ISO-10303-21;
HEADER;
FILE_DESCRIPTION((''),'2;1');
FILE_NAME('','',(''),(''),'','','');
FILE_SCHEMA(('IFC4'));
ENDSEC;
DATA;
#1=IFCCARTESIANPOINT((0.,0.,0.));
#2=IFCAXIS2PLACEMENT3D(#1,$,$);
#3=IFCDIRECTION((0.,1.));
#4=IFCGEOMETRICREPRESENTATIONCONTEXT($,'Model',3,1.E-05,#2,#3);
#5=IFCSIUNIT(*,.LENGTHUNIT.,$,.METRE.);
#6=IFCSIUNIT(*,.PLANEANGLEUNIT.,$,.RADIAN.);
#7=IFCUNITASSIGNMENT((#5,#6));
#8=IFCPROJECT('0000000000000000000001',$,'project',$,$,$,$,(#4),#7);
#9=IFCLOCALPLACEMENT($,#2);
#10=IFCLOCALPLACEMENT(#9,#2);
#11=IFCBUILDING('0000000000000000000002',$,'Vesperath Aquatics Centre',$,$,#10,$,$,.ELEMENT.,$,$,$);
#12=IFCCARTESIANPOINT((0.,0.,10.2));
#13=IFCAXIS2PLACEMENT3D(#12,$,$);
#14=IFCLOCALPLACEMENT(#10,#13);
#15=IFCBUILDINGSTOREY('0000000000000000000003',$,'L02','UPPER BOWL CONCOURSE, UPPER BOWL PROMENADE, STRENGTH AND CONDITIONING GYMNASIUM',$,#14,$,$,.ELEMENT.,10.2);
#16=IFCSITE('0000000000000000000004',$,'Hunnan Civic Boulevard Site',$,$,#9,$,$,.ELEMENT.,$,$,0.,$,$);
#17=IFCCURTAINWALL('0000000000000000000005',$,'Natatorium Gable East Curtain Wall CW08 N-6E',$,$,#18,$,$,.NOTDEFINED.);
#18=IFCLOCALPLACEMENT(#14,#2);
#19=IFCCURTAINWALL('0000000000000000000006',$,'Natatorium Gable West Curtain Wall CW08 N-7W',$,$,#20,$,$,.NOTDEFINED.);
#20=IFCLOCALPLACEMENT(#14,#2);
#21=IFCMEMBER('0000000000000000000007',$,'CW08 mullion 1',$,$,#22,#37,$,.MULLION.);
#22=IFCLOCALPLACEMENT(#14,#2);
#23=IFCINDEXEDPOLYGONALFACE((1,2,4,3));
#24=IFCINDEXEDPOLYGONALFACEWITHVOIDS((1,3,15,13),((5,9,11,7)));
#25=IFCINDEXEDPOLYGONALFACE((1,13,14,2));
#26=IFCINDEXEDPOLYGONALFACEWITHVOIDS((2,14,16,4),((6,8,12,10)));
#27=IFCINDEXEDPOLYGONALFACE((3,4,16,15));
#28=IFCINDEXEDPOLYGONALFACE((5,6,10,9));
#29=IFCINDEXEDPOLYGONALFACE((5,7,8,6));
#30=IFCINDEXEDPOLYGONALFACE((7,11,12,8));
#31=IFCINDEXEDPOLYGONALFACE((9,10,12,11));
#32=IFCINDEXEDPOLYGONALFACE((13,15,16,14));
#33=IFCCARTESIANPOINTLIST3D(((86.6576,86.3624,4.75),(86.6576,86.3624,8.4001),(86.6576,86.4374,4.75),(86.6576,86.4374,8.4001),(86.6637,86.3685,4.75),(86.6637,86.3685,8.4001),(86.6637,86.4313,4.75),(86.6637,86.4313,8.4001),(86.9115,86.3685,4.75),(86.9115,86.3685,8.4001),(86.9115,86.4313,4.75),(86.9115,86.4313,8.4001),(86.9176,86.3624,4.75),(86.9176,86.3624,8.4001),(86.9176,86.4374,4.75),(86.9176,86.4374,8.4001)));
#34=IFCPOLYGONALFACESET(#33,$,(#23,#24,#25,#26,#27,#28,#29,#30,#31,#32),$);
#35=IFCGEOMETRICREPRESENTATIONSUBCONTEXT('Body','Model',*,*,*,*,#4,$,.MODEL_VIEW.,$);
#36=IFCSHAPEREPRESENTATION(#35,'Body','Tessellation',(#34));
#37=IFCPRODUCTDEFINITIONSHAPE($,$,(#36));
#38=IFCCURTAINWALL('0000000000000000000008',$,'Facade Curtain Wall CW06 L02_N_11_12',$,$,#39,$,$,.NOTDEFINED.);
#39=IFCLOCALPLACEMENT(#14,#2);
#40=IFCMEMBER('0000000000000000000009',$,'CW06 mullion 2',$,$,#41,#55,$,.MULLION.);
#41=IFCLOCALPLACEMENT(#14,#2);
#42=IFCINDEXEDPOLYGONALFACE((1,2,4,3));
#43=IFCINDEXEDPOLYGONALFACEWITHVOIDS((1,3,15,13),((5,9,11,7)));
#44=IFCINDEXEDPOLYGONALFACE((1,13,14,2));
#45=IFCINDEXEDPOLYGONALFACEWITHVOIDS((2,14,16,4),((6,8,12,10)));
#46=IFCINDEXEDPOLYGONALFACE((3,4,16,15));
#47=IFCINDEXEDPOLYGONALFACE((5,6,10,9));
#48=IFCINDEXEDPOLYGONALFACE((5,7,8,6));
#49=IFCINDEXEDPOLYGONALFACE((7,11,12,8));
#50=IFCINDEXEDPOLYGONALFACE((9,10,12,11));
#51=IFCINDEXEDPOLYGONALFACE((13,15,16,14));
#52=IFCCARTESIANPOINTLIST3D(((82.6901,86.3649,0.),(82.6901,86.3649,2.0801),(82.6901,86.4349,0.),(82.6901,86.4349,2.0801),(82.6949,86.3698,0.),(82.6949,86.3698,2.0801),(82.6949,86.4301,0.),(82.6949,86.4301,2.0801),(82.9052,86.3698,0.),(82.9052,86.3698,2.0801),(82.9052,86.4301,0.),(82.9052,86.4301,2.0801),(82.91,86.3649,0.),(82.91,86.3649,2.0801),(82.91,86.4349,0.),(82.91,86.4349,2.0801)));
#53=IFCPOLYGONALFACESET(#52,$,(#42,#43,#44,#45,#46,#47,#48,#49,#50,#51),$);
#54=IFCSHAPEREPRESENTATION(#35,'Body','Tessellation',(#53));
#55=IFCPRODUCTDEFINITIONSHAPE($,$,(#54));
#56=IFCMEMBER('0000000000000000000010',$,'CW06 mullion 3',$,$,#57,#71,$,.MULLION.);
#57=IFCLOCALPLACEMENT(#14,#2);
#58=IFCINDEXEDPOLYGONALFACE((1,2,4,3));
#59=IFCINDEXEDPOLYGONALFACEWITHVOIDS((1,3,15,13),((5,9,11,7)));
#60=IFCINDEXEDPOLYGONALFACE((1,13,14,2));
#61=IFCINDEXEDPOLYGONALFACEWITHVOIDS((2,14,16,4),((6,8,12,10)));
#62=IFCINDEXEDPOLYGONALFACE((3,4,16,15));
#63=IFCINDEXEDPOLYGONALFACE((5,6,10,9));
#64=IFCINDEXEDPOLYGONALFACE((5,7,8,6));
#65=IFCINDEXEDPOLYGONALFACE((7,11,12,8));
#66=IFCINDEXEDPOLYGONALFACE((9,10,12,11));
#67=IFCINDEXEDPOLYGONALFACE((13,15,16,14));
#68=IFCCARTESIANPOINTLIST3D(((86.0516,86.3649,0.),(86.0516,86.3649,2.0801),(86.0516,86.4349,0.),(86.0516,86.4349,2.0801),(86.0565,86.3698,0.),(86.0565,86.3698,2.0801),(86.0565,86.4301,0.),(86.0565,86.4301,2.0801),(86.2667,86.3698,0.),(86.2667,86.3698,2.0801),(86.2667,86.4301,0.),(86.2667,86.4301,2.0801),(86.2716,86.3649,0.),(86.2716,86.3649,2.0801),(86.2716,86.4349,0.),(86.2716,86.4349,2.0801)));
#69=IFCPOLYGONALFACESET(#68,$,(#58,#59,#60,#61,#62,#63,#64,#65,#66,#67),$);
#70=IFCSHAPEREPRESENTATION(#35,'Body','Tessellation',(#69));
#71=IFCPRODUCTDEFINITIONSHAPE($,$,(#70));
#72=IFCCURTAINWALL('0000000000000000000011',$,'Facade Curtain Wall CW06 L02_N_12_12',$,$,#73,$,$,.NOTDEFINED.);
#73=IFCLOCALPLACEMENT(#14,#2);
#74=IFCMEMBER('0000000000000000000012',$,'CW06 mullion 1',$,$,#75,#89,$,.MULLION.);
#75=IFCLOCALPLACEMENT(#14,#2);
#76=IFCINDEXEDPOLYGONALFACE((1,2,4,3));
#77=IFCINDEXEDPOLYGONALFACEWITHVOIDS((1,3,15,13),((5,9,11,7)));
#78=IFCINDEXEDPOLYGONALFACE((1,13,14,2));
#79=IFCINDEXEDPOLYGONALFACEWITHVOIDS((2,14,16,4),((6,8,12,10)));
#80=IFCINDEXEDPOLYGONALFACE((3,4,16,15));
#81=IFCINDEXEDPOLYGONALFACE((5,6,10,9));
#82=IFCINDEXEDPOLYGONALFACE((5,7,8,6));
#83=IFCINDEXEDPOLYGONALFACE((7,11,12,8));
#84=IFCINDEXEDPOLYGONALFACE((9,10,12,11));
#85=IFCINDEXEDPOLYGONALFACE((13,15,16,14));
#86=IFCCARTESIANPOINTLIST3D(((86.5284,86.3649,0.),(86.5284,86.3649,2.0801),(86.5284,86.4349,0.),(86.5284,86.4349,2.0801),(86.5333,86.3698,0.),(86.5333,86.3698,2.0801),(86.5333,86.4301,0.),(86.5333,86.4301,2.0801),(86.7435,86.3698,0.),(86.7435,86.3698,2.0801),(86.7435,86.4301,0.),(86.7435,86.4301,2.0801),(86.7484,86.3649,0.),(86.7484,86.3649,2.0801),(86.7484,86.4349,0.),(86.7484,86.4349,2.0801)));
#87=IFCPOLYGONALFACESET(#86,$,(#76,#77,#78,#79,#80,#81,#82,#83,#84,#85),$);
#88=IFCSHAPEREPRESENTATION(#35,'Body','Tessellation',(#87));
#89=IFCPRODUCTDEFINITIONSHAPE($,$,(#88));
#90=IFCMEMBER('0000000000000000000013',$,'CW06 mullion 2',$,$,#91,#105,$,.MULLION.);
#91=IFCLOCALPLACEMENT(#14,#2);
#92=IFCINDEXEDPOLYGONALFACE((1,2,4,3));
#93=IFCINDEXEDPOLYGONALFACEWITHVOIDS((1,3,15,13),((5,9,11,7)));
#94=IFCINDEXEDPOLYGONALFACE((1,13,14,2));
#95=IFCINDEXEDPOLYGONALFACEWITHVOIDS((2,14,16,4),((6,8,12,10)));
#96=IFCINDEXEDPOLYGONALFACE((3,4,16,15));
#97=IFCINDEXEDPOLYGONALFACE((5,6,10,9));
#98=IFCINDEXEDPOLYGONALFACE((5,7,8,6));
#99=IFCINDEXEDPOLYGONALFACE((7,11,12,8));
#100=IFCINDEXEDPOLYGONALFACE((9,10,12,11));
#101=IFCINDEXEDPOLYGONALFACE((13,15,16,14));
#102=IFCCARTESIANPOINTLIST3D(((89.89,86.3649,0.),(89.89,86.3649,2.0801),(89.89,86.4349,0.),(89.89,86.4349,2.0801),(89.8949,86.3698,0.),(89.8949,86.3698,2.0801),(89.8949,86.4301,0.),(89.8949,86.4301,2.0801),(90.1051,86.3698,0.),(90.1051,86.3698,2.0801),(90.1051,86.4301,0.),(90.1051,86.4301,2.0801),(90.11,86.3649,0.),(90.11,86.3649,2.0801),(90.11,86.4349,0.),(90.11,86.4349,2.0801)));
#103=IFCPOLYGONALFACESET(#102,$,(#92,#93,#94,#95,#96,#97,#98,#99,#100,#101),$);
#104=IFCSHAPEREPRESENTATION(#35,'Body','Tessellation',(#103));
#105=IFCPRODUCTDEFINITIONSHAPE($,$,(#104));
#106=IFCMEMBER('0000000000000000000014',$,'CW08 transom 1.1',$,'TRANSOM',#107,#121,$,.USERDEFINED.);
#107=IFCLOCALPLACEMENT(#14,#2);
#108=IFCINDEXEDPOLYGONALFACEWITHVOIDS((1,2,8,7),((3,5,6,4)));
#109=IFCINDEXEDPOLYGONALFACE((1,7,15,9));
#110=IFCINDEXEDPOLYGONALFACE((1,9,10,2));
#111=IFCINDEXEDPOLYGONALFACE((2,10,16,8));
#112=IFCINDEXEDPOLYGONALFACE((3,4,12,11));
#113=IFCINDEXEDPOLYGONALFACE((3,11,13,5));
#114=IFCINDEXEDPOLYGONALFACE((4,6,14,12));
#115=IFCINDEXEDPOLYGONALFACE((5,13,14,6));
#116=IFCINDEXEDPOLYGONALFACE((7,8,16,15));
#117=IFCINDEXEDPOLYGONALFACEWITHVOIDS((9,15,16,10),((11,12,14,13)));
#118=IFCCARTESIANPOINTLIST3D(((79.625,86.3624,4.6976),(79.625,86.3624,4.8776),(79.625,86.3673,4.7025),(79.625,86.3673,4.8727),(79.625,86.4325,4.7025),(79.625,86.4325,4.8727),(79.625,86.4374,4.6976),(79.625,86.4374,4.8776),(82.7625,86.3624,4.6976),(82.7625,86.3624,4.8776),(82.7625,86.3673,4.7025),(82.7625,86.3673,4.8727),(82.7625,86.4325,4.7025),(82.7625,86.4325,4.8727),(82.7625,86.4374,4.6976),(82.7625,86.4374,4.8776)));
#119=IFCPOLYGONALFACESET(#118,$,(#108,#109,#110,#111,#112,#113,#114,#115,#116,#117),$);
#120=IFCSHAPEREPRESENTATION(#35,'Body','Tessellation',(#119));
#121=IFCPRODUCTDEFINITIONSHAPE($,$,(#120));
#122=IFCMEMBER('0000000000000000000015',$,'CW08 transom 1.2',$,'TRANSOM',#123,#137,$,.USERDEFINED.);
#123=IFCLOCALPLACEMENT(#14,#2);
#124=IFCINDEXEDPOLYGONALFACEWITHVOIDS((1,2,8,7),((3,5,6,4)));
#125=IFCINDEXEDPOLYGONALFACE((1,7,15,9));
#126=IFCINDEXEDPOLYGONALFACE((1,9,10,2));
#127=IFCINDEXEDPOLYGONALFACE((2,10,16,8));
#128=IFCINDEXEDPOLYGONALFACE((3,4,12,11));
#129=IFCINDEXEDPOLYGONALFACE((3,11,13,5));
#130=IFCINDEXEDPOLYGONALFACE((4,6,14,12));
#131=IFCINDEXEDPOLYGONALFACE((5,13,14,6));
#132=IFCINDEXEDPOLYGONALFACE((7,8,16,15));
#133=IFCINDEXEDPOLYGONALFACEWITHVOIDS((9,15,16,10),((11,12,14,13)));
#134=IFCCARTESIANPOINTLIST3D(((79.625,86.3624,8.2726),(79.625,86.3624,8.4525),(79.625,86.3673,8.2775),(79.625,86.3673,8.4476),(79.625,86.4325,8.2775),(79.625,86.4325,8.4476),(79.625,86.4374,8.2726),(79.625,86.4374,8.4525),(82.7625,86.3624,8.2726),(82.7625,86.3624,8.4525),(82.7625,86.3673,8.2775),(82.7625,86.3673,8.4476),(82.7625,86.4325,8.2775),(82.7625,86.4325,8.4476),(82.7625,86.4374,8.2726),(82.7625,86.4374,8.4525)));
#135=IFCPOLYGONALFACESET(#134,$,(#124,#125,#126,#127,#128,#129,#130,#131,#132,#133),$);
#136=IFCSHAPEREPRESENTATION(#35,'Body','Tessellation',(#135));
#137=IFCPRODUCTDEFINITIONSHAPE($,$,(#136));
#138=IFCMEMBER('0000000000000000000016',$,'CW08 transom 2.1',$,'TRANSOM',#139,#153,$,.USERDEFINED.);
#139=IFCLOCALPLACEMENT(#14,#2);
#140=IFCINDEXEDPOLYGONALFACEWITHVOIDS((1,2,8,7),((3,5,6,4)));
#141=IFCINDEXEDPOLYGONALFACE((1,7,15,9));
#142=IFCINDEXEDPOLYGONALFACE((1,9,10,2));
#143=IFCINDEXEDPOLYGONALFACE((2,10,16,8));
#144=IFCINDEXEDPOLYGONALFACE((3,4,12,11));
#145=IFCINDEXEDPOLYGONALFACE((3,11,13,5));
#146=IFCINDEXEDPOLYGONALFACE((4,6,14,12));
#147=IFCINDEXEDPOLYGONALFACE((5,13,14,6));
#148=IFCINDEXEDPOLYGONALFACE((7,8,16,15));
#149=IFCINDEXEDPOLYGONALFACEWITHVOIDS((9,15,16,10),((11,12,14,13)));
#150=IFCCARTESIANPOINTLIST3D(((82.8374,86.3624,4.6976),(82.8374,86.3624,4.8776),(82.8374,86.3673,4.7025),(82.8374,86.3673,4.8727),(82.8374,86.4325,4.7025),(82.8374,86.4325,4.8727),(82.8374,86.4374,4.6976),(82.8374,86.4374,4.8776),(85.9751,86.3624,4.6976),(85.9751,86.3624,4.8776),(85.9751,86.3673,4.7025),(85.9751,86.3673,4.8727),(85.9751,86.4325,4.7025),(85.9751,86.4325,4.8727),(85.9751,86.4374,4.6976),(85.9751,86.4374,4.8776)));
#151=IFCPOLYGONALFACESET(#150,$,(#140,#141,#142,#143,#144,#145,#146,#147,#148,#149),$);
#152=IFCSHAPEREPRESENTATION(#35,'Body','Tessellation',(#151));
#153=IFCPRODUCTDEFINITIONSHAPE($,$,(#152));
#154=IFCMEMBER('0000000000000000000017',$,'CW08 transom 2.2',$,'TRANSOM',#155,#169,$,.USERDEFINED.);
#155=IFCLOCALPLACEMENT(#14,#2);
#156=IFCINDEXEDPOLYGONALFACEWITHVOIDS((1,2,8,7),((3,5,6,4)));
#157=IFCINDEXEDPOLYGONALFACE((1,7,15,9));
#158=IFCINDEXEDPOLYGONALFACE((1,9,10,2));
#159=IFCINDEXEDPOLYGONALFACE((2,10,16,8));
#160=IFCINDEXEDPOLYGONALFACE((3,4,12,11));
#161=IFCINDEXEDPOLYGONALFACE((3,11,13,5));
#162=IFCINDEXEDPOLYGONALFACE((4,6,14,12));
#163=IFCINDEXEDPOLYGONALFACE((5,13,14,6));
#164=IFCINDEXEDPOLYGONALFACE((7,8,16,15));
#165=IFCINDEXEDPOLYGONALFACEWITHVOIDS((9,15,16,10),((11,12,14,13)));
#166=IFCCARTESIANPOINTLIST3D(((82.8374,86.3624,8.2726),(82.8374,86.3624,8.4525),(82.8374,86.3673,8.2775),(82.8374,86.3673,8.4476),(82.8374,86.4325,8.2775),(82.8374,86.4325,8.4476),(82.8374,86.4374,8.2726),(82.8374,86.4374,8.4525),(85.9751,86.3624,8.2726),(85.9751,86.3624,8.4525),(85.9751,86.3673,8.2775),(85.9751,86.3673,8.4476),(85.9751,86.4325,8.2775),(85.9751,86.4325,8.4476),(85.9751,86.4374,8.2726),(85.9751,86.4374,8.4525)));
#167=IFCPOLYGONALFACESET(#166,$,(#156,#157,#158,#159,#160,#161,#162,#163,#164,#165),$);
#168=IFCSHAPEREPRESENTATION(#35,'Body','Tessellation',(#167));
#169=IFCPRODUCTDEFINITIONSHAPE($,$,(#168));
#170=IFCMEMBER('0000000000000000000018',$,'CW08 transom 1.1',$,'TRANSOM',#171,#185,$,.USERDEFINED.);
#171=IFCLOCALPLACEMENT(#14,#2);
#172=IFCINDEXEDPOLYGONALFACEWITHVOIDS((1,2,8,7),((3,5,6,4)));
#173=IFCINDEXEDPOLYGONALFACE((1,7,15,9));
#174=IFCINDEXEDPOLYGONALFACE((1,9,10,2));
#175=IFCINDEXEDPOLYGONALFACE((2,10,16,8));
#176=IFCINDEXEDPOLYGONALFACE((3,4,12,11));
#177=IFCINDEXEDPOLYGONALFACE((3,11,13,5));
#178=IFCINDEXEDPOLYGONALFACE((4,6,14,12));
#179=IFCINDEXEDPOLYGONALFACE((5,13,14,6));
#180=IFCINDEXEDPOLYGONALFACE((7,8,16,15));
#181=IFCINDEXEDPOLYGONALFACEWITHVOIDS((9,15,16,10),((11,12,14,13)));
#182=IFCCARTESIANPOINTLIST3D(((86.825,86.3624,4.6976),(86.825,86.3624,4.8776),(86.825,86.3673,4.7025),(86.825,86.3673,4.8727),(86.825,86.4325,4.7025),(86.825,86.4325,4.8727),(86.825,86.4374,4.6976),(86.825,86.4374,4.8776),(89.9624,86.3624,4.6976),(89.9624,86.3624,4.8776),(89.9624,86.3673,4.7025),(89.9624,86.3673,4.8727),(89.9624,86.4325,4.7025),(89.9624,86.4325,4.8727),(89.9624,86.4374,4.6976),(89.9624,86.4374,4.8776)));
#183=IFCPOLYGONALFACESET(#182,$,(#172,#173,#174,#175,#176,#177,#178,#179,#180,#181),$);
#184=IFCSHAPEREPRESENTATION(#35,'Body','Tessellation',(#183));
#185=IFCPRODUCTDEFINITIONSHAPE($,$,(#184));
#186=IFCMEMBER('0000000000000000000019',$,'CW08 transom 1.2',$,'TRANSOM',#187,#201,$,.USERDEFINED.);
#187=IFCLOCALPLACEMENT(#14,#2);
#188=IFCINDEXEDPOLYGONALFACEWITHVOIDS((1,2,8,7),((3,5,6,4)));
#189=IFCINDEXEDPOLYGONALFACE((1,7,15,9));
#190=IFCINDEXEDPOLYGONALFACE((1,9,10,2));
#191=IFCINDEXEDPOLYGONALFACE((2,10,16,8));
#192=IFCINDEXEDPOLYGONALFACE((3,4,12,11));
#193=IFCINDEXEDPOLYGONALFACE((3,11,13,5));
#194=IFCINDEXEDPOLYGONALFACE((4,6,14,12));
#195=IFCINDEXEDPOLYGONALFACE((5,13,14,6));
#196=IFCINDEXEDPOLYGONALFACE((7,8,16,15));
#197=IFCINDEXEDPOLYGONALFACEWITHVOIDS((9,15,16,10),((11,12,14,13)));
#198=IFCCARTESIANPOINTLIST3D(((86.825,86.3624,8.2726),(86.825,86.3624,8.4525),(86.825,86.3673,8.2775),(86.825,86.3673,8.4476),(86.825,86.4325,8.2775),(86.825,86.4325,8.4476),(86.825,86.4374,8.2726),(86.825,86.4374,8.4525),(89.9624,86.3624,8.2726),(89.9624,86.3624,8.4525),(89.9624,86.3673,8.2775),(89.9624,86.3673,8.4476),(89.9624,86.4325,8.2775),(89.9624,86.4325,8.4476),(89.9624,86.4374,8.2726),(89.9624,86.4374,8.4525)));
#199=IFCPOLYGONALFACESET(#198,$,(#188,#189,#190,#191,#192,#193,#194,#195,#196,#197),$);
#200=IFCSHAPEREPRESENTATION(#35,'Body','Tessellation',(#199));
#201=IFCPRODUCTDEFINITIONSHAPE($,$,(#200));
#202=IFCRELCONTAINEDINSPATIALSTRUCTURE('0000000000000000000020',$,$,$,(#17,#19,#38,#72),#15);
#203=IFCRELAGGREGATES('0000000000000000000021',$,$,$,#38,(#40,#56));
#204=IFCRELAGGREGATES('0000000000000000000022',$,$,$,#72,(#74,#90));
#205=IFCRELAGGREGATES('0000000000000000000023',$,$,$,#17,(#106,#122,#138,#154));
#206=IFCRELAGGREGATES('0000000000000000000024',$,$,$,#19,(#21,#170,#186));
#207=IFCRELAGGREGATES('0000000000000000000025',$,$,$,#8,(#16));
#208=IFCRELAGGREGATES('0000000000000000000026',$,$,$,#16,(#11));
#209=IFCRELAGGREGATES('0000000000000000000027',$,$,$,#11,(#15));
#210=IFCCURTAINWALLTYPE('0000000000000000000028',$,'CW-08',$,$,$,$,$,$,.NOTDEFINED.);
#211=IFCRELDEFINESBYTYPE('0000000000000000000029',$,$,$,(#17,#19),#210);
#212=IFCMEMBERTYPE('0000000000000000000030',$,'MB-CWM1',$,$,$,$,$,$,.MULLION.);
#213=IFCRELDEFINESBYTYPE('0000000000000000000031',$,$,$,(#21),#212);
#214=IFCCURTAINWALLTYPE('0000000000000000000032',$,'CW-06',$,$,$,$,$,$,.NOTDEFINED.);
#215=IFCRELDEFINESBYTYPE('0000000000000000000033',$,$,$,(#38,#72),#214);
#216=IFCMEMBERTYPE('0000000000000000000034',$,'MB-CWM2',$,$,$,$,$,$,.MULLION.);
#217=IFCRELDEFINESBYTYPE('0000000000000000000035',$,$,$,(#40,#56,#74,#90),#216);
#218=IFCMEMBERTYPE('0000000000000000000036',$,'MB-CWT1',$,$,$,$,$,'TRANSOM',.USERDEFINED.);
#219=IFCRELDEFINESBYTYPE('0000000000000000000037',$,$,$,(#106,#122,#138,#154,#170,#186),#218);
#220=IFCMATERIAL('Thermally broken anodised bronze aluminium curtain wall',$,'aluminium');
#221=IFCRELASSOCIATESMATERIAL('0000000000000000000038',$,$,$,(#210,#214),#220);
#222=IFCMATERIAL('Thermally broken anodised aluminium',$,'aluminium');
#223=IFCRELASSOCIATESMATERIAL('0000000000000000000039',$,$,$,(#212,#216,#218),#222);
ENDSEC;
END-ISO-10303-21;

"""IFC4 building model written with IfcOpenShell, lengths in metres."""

from ifc_helpers import new_model, si_unit, direction, frame, origin, origin_2d, place, context, subcontext, project, spatial, hollow_rectangle, extrude, material, material_profile, profile_set, type_object, element, aggregate, save


model = new_model("IFC4")

# Units and contexts
model_context = context("Model", 3, precision=1e-05, world=origin(), true_north=direction((0.0, 1.0)))
body_context = subcontext(model_context, "Body", "Model", "MODEL_VIEW")
ifc_project = project(units=[si_unit("LENGTHUNIT", "METRE"), si_unit("PLANEANGLEUNIT", "RADIAN")], contexts=[model_context])

# Site, building, storey
site_placement = place(None, origin())
site = spatial("IfcSite", under=ifc_project, at=site_placement, Name="Hunnan Civic Boulevard Site", CompositionType="ELEMENT", RefElevation=0.0)
building_placement = place(site_placement, origin())
building = spatial("IfcBuilding", under=site, at=building_placement, Name="Vesperath Aquatics Centre", CompositionType="ELEMENT")
storey_placement = place(building_placement, frame((0.0, 0.0, 10.2)))
storey = spatial("IfcBuildingStorey", under=building, at=storey_placement, Name="L02", Description="UPPER BOWL CONCOURSE, UPPER BOWL PROMENADE, STRENGTH AND CONDITIONING GYMNASIUM", CompositionType="ELEMENT", Elevation=10.2)

# Curtain wall
ifc_material_1 = material(Name="Thermally broken anodised bronze aluminium curtain wall", Category="aluminium")
curtain_wall_type_1 = type_object("IfcCurtainWallType", Name="CW-08", PredefinedType="NOTDEFINED", material=ifc_material_1)
curtain_wall_1_placement = place(storey_placement, origin())
curtain_wall_1 = element("IfcCurtainWall", 1, at=curtain_wall_1_placement, inside=storey, type_object=curtain_wall_type_1, Name="Natatorium Gable East Curtain Wall CW08 N-6E", PredefinedType="NOTDEFINED")
ifc_material_2 = material(Name="Thermally broken anodised aluminium", Category="aluminium")
ifc_material_profile_1 = material_profile(ifc_material_2, hollow_rectangle(XDim=0.075, YDim=0.26, WallThickness=0.0061, at=origin_2d()), Name="CWM 75x260x6")
ifc_profile_set_1 = profile_set([ifc_material_profile_1], Name="Thermally broken anodised aluminium")
member_type_1 = type_object("IfcMemberType", Name="MB-CWM1", PredefinedType="MULLION", material=ifc_profile_set_1)

# Curtain wall, member
curtain_wall_2_placement = place(storey_placement, origin())
curtain_wall_2 = element("IfcCurtainWall", 2, at=curtain_wall_2_placement, inside=storey, type_object=curtain_wall_type_1, Name="Natatorium Gable West Curtain Wall CW08 N-7W", PredefinedType="NOTDEFINED")
member_1_placement = place(storey_placement, frame((86.7876, 86.3999, 4.75), z_axis=(0.0, 0.0, 1.0), x_axis=(0.0, 1.0, 0.0)))
member_1 = element("IfcMember", 3, at=member_1_placement, type_object=member_type_1, Name="CW08 mullion 1", PredefinedType="MULLION", context=body_context, shape_type="SweptSolid", body=[
    extrude(hollow_rectangle(XDim=0.075, YDim=0.26, WallThickness=0.0061, at=origin_2d()), origin(), (0.0, 0.0, 1.0), 3.6501),
])

# Curtain walls, members
curtain_wall_type_2 = type_object("IfcCurtainWallType", Name="CW-06", PredefinedType="NOTDEFINED", material=ifc_material_1)
curtain_wall_3_placement = place(storey_placement, origin())
curtain_wall_3 = element("IfcCurtainWall", 4, at=curtain_wall_3_placement, inside=storey, type_object=curtain_wall_type_2, Name="Facade Curtain Wall CW06 L02_N_11_12", PredefinedType="NOTDEFINED")
ifc_material_profile_2 = material_profile(ifc_material_2, hollow_rectangle(XDim=0.0701, YDim=0.22, WallThickness=0.0049, at=origin_2d()), Name="CWM 70x220x5")
ifc_profile_set_2 = profile_set([ifc_material_profile_2], Name="Thermally broken anodised aluminium")
member_type_2 = type_object("IfcMemberType", Name="MB-CWM2", PredefinedType="MULLION", material=ifc_profile_set_2)
member_2_placement = place(storey_placement, frame((82.8, 86.3999, 0.0), z_axis=(0.0, 0.0, 1.0), x_axis=(0.0, 1.0, 0.0)))
member_2 = element("IfcMember", 5, at=member_2_placement, type_object=member_type_2, Name="CW06 mullion 2", PredefinedType="MULLION", context=body_context, shape_type="SweptSolid", body=[
    extrude(hollow_rectangle(XDim=0.0701, YDim=0.22, WallThickness=0.0049, at=origin_2d()), origin(), (0.0, 0.0, 1.0), 2.0801),
])
member_3_placement = place(storey_placement, frame((86.1616, 86.3999, 0.0), z_axis=(0.0, 0.0, 1.0), x_axis=(0.0, 1.0, 0.0)))
member_3 = element("IfcMember", 6, at=member_3_placement, type_object=member_type_2, Name="CW06 mullion 3", PredefinedType="MULLION", context=body_context, shape_type="SweptSolid", body=[
    extrude(hollow_rectangle(XDim=0.0701, YDim=0.22, WallThickness=0.0049, at=origin_2d()), origin(), (0.0, 0.0, 1.0), 2.0801),
])
curtain_wall_4_placement = place(storey_placement, origin())
curtain_wall_4 = element("IfcCurtainWall", 7, at=curtain_wall_4_placement, inside=storey, type_object=curtain_wall_type_2, Name="Facade Curtain Wall CW06 L02_N_12_12", PredefinedType="NOTDEFINED")
member_4_placement = place(storey_placement, frame((86.6384, 86.3999, 0.0), z_axis=(0.0, 0.0, 1.0), x_axis=(0.0, 1.0, 0.0)))
member_4 = element("IfcMember", 8, at=member_4_placement, type_object=member_type_2, Name="CW06 mullion 1", PredefinedType="MULLION", context=body_context, shape_type="SweptSolid", body=[
    extrude(hollow_rectangle(XDim=0.0701, YDim=0.22, WallThickness=0.0049, at=origin_2d()), origin(), (0.0, 0.0, 1.0), 2.0801),
])
member_5_placement = place(storey_placement, frame((90.0, 86.3999, 0.0), z_axis=(0.0, 0.0, 1.0), x_axis=(0.0, 1.0, 0.0)))
member_5 = element("IfcMember", 9, at=member_5_placement, type_object=member_type_2, Name="CW06 mullion 2", PredefinedType="MULLION", context=body_context, shape_type="SweptSolid", body=[
    extrude(hollow_rectangle(XDim=0.0701, YDim=0.22, WallThickness=0.0049, at=origin_2d()), origin(), (0.0, 0.0, 1.0), 2.0801),
])

# Members
ifc_material_profile_3 = material_profile(ifc_material_2, hollow_rectangle(XDim=0.075, YDim=0.1799, WallThickness=0.0049, at=origin_2d()), Name="CWT 75x180x5")
ifc_profile_set_3 = profile_set([ifc_material_profile_3], Name="Thermally broken anodised aluminium")
member_type_3 = type_object("IfcMemberType", Name="MB-CWT1", ElementType="TRANSOM", PredefinedType="USERDEFINED", material=ifc_profile_set_3)
member_6_placement = place(storey_placement, frame((79.625, 86.3999, 4.7876), z_axis=(1.0, 0.0, 0.0), x_axis=(0.0, 1.0, 0.0)))
member_6 = element("IfcMember", 10, at=member_6_placement, type_object=member_type_3, Name="CW08 transom 1.1", ObjectType="TRANSOM", PredefinedType="USERDEFINED", context=body_context, shape_type="SweptSolid", body=[
    extrude(hollow_rectangle(XDim=0.075, YDim=0.1799, WallThickness=0.0049, at=origin_2d()), origin(), (0.0, 0.0, 1.0), 3.1375),
])
member_7_placement = place(storey_placement, frame((79.625, 86.3999, 8.3625), z_axis=(1.0, 0.0, 0.0), x_axis=(0.0, 1.0, 0.0)))
member_7 = element("IfcMember", 11, at=member_7_placement, type_object=member_type_3, Name="CW08 transom 1.2", ObjectType="TRANSOM", PredefinedType="USERDEFINED", context=body_context, shape_type="SweptSolid", body=[
    extrude(hollow_rectangle(XDim=0.075, YDim=0.1799, WallThickness=0.0049, at=origin_2d()), origin(), (0.0, 0.0, 1.0), 3.1375),
])
member_8_placement = place(storey_placement, frame((82.8374, 86.3999, 4.7876), z_axis=(1.0, 0.0, 0.0), x_axis=(0.0, 1.0, 0.0)))
member_8 = element("IfcMember", 12, at=member_8_placement, type_object=member_type_3, Name="CW08 transom 2.1", ObjectType="TRANSOM", PredefinedType="USERDEFINED", context=body_context, shape_type="SweptSolid", body=[
    extrude(hollow_rectangle(XDim=0.075, YDim=0.1799, WallThickness=0.0049, at=origin_2d()), origin(), (0.0, 0.0, 1.0), 3.1377),
])
member_9_placement = place(storey_placement, frame((82.8374, 86.3999, 8.3625), z_axis=(1.0, 0.0, 0.0), x_axis=(0.0, 1.0, 0.0)))
member_9 = element("IfcMember", 13, at=member_9_placement, type_object=member_type_3, Name="CW08 transom 2.2", ObjectType="TRANSOM", PredefinedType="USERDEFINED", context=body_context, shape_type="SweptSolid", body=[
    extrude(hollow_rectangle(XDim=0.075, YDim=0.1799, WallThickness=0.0049, at=origin_2d()), origin(), (0.0, 0.0, 1.0), 3.1377),
])
member_10_placement = place(storey_placement, frame((86.825, 86.3999, 4.7876), z_axis=(1.0, 0.0, 0.0), x_axis=(0.0, 1.0, 0.0)))
member_10 = element("IfcMember", 14, at=member_10_placement, type_object=member_type_3, Name="CW08 transom 1.1", ObjectType="TRANSOM", PredefinedType="USERDEFINED", context=body_context, shape_type="SweptSolid", body=[
    extrude(hollow_rectangle(XDim=0.075, YDim=0.1799, WallThickness=0.0049, at=origin_2d()), origin(), (0.0, 0.0, 1.0), 3.1375),
])
member_11_placement = place(storey_placement, frame((86.825, 86.3999, 8.3625), z_axis=(1.0, 0.0, 0.0), x_axis=(0.0, 1.0, 0.0)))
member_11 = element("IfcMember", 15, at=member_11_placement, type_object=member_type_3, Name="CW08 transom 1.2", ObjectType="TRANSOM", PredefinedType="USERDEFINED", context=body_context, shape_type="SweptSolid", body=[
    extrude(hollow_rectangle(XDim=0.075, YDim=0.1799, WallThickness=0.0049, at=origin_2d()), origin(), (0.0, 0.0, 1.0), 3.1375),
])

aggregate(curtain_wall_3, [member_2, member_3])
aggregate(curtain_wall_4, [member_4, member_5])
aggregate(curtain_wall_1, [member_6, member_7, member_8, member_9])
aggregate(curtain_wall_2, [member_1, member_10, member_11])

save(model, "model.ifc")
